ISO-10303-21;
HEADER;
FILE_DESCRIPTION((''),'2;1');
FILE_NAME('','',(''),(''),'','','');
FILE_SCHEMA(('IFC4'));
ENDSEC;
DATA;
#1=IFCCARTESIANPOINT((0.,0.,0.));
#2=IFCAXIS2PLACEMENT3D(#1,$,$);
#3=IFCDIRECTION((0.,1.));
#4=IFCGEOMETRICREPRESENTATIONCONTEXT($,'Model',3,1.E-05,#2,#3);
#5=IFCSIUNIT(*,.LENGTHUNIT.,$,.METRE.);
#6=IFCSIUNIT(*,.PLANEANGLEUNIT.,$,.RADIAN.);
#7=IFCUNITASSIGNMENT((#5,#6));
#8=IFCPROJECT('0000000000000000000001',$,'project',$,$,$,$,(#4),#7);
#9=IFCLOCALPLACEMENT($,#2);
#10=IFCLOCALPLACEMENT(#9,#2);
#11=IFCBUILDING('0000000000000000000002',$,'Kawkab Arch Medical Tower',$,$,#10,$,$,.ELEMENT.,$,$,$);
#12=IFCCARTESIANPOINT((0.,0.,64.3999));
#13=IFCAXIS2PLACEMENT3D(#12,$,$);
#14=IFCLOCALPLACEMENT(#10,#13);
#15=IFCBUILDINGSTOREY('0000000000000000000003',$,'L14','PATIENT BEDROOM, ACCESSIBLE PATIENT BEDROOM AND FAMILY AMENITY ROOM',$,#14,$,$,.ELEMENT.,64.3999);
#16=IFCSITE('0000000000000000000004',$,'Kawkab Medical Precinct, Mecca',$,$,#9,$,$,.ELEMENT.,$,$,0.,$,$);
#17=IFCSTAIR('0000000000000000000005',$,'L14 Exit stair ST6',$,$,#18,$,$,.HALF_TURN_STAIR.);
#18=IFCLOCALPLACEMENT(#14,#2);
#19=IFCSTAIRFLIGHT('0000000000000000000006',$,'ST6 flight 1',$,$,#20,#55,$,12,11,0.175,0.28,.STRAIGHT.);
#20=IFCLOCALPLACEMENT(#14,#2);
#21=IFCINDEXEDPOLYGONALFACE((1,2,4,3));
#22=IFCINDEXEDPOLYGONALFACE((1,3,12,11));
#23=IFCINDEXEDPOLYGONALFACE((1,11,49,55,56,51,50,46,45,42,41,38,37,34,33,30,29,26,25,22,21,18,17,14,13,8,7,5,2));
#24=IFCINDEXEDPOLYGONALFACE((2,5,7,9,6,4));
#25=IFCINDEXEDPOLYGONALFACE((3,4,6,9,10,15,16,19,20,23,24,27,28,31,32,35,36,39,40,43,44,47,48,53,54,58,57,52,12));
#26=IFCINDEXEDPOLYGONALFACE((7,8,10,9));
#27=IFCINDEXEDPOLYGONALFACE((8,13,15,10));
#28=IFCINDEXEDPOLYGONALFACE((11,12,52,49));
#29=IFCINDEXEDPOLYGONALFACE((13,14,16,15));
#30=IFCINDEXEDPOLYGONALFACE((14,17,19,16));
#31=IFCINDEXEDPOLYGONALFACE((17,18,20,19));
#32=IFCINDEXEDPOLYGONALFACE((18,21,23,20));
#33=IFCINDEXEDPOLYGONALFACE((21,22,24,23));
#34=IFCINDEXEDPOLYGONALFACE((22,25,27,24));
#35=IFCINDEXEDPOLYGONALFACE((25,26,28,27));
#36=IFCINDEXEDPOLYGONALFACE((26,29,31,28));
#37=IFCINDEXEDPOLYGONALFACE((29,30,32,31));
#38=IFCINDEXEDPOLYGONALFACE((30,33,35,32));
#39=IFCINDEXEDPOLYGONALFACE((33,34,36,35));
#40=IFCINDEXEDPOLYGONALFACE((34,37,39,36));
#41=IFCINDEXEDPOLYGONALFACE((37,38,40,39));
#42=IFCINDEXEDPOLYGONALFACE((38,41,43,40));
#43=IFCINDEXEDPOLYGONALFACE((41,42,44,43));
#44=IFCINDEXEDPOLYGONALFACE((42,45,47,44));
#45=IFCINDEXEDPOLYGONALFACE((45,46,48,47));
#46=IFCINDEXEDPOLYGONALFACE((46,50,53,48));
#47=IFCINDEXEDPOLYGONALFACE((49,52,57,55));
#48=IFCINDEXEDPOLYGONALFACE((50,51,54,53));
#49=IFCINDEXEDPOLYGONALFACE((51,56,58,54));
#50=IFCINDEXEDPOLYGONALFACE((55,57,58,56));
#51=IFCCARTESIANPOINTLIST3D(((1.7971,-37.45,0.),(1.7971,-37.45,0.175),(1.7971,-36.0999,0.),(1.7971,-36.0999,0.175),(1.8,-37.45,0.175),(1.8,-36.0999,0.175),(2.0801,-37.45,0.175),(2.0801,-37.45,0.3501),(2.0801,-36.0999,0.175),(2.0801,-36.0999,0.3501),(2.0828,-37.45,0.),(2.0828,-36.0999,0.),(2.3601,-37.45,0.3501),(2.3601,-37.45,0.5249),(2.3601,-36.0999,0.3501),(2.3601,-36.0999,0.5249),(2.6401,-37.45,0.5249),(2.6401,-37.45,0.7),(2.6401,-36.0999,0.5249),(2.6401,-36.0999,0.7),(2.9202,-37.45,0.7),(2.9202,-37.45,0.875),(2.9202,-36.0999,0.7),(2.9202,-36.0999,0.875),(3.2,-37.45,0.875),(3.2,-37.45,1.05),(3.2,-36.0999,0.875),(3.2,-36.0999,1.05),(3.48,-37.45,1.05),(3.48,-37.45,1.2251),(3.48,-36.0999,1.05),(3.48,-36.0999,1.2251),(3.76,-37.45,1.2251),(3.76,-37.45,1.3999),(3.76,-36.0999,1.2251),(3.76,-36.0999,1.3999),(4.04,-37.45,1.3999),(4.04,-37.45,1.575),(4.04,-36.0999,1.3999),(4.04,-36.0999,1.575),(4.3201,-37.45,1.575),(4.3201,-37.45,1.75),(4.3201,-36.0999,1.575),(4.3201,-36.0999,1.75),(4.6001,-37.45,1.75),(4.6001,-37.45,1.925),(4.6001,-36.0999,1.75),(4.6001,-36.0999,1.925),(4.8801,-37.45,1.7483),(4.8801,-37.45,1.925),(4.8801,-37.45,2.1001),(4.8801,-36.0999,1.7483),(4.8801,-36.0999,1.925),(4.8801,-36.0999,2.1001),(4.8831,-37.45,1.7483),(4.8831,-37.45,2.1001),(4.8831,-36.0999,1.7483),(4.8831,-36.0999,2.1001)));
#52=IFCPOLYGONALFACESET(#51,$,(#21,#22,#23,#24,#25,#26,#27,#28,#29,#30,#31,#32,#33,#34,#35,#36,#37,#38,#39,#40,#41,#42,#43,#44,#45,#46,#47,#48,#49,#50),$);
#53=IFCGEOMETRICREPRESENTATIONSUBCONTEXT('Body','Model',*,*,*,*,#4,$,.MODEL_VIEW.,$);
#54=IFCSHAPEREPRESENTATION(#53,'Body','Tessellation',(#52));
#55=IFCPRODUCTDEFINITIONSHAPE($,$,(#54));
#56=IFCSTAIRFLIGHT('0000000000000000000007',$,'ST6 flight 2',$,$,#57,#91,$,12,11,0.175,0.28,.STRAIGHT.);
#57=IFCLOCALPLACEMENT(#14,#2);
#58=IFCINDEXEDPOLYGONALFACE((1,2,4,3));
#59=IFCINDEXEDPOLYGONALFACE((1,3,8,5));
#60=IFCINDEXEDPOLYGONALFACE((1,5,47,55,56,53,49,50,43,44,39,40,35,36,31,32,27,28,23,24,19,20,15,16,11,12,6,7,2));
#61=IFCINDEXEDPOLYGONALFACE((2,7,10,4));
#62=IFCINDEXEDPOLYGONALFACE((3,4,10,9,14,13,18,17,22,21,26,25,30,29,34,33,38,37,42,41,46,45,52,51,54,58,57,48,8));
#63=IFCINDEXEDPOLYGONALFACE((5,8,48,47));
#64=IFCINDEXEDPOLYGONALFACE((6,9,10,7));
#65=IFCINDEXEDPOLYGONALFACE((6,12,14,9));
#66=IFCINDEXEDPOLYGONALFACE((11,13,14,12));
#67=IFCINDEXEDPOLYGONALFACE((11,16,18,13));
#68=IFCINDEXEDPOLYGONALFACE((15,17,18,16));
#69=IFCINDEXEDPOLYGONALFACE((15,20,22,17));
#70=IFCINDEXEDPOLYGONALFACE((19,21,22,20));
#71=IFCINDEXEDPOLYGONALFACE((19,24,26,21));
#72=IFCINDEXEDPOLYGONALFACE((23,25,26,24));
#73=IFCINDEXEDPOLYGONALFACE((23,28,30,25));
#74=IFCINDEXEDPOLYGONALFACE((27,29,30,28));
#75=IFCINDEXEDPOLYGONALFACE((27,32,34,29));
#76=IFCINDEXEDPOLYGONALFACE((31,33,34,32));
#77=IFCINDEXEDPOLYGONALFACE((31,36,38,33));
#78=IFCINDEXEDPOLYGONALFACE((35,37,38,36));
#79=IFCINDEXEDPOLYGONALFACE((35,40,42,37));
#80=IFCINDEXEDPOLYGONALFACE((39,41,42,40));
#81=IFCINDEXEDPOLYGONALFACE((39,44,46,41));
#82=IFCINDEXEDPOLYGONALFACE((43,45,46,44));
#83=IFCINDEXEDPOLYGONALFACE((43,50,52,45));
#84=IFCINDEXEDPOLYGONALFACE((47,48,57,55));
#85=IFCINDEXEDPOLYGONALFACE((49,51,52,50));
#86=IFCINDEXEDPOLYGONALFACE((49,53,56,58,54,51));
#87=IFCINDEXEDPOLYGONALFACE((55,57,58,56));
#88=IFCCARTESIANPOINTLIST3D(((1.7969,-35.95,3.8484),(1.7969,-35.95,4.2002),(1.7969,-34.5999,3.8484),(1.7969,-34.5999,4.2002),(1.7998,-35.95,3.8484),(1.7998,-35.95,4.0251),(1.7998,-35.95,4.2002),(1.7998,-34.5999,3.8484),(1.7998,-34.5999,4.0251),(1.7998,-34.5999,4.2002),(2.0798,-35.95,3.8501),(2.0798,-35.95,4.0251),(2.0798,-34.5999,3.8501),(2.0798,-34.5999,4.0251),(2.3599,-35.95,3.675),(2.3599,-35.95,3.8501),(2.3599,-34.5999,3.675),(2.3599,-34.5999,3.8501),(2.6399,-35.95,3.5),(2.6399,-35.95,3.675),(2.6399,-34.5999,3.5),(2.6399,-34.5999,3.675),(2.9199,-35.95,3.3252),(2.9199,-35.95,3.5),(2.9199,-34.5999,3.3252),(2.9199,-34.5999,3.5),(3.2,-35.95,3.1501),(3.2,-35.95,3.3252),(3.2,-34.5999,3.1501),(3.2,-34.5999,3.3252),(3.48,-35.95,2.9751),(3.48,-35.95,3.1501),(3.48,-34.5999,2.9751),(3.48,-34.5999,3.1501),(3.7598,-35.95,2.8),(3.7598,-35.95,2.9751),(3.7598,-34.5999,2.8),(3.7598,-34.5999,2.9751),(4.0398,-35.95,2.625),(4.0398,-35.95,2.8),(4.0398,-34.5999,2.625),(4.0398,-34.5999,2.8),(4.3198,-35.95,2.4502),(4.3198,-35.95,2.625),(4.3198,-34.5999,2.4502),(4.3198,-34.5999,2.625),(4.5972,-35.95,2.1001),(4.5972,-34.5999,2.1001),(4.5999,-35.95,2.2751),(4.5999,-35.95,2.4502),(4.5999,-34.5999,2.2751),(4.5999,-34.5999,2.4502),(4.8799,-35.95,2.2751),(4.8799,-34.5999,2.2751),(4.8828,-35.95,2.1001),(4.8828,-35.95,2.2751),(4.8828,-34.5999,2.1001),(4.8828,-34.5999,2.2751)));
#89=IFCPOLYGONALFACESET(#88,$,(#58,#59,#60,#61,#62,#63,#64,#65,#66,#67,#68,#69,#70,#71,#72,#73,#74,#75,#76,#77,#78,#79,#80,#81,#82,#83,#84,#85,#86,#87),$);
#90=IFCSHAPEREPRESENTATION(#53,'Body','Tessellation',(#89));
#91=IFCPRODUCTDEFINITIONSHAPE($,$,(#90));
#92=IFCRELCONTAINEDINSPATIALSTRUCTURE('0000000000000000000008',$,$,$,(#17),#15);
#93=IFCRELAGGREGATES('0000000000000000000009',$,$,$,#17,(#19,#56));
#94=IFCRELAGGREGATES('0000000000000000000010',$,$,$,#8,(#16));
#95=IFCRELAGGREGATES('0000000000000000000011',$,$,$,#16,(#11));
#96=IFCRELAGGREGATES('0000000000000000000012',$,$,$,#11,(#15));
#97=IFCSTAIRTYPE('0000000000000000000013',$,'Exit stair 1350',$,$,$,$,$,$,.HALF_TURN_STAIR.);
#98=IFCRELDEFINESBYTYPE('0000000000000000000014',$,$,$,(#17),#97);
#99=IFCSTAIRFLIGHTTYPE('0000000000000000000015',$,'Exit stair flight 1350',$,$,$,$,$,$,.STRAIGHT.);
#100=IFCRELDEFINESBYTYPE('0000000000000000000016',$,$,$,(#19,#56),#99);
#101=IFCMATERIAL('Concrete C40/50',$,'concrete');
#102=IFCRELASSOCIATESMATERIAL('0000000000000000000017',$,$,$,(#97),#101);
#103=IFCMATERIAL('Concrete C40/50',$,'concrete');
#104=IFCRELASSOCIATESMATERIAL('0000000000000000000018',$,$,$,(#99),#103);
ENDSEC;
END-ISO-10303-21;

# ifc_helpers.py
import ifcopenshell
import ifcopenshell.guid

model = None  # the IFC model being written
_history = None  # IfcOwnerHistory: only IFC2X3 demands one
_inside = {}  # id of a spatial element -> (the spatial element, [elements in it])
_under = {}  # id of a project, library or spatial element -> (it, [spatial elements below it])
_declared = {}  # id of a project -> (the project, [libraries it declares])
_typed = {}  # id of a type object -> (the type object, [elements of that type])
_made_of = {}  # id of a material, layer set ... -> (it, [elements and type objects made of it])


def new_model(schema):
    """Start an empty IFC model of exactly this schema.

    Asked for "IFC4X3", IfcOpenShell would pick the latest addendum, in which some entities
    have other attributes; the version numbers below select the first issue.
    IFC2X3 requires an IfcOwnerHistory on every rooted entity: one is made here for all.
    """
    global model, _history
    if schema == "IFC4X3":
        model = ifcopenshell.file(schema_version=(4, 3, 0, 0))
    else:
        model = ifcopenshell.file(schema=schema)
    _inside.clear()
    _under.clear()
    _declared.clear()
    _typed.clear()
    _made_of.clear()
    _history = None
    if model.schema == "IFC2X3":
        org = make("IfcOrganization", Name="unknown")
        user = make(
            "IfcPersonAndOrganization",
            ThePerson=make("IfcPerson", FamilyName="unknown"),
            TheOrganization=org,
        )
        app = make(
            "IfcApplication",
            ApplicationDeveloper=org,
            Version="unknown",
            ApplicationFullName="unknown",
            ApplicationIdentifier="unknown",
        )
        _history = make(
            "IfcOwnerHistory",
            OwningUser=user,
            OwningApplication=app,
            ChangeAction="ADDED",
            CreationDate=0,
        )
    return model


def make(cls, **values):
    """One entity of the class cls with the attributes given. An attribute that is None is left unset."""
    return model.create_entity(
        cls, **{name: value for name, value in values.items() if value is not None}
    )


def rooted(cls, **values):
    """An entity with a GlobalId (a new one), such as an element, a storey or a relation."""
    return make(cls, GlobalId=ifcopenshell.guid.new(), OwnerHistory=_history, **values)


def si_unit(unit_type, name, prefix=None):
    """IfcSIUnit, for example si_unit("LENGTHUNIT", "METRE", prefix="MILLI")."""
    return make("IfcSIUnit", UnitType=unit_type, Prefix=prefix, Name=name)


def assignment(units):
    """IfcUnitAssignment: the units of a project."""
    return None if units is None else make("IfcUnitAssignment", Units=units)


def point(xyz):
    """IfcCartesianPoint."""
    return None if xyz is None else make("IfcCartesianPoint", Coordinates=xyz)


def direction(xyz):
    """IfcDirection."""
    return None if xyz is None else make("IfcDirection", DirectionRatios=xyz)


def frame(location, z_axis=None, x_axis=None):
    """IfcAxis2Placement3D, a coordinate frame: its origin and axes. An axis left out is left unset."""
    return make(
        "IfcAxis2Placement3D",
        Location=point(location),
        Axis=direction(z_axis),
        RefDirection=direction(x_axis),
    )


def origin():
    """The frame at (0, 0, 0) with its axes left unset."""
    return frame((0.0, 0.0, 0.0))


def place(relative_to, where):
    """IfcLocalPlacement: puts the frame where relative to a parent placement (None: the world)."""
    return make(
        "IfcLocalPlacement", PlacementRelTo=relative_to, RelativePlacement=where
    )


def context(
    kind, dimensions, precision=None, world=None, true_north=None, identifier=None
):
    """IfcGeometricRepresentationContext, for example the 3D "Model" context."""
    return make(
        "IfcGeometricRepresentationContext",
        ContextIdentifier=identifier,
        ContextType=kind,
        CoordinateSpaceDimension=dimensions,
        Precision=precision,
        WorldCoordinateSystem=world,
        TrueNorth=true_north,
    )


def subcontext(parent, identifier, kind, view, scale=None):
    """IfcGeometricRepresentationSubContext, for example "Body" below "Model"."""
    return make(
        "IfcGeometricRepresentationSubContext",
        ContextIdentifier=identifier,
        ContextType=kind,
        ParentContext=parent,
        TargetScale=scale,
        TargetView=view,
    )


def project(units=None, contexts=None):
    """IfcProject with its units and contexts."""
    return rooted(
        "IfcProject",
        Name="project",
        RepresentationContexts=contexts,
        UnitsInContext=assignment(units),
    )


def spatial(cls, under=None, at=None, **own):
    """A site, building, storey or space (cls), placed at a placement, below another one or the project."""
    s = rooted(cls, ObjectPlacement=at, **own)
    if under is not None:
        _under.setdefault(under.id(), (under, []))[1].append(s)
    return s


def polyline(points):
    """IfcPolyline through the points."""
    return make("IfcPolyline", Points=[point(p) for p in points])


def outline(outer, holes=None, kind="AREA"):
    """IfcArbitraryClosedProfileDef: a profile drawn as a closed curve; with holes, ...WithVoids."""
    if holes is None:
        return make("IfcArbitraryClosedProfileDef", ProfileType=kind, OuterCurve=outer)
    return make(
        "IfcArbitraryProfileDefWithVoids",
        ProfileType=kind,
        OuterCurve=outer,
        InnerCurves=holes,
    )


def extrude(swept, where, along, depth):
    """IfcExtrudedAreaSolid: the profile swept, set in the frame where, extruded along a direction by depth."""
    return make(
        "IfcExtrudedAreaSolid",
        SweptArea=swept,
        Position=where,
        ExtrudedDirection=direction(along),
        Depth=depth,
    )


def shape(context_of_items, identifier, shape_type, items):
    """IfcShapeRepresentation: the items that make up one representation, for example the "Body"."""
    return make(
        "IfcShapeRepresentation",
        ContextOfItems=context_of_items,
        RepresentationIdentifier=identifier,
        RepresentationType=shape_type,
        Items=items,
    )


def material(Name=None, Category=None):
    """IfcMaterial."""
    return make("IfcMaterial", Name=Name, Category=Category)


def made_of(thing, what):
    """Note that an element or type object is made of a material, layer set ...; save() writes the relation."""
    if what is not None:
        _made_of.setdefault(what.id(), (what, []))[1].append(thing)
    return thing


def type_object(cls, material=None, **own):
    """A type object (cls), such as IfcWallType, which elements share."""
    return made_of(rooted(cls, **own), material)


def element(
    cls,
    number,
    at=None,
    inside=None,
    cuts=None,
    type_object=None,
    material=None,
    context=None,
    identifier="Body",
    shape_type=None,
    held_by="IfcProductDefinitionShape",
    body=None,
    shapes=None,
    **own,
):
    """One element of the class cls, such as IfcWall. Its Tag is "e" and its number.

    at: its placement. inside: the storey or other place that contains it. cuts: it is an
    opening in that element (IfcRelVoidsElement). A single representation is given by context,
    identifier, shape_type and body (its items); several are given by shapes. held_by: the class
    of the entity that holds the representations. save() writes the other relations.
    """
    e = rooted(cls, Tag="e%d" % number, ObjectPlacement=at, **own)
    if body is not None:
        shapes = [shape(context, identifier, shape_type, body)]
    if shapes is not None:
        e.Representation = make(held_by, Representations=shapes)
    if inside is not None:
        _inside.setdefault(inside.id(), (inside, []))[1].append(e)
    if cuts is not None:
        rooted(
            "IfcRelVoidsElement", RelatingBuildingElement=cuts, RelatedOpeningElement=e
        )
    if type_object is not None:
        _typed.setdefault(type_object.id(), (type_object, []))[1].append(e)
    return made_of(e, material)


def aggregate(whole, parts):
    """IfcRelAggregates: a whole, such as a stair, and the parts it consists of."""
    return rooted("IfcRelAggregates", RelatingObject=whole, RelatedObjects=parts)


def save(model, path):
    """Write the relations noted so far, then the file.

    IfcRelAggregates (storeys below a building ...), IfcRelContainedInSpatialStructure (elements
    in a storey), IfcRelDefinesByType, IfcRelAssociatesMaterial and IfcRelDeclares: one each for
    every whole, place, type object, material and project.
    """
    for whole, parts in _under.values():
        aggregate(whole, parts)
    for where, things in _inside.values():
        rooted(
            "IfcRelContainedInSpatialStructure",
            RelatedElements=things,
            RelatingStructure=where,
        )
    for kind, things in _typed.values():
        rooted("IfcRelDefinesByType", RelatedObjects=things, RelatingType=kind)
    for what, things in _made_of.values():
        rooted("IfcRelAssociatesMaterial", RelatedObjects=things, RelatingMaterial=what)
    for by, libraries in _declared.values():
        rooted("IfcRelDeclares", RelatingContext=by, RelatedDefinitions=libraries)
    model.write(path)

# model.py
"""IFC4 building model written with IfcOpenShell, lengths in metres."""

from ifc_helpers import new_model, si_unit, direction, frame, origin, place, context, subcontext, project, spatial, polyline, outline, extrude, material, type_object, element, aggregate, save


model = new_model("IFC4")

# Units and contexts
model_context = context("Model", 3, precision=1e-05, world=origin(), true_north=direction((0.0, 1.0)))
body_context = subcontext(model_context, "Body", "Model", "MODEL_VIEW")
ifc_project = project(units=[si_unit("LENGTHUNIT", "METRE"), si_unit("PLANEANGLEUNIT", "RADIAN")], contexts=[model_context])

# Site, building, storey
site_placement = place(None, origin())
site = spatial("IfcSite", under=ifc_project, at=site_placement, Name="Kawkab Medical Precinct, Mecca", CompositionType="ELEMENT", RefElevation=0.0)
building_placement = place(site_placement, origin())
building = spatial("IfcBuilding", under=site, at=building_placement, Name="Kawkab Arch Medical Tower", CompositionType="ELEMENT")
storey_placement = place(building_placement, frame((0.0, 0.0, 64.3999)))
storey = spatial("IfcBuildingStorey", under=building, at=storey_placement, Name="L14", Description="PATIENT BEDROOM, ACCESSIBLE PATIENT BEDROOM AND FAMILY AMENITY ROOM", CompositionType="ELEMENT", Elevation=64.3999)

# Stair, stair flights
ifc_material_1 = material(Name="Concrete C40/50", Category="concrete")
stair_type = type_object("IfcStairType", Name="Exit stair 1350", PredefinedType="HALF_TURN_STAIR", material=ifc_material_1)
stair_placement = place(storey_placement, origin())
stair = element("IfcStair", 1, at=stair_placement, inside=storey, type_object=stair_type, Name="L14 Exit stair ST6", PredefinedType="HALF_TURN_STAIR")
ifc_material_2 = material(Name="Concrete C40/50", Category="concrete")
stair_flight_type = type_object("IfcStairFlightType", Name="Exit stair flight 1350", PredefinedType="STRAIGHT", material=ifc_material_2)
stair_flight_1_placement = place(storey_placement, frame((1.8, -36.7749, 0.0), z_axis=(0.0, 0.0, 1.0), x_axis=(1.0, 0.0, 0.0)))
stair_flight_1 = element("IfcStairFlight", 2, at=stair_flight_1_placement, type_object=stair_flight_type, Name="ST6 flight 1", NumberOfRisers=12, NumberOfTreads=11, PredefinedType="STRAIGHT", RiserHeight=0.175, TreadLength=0.28, context=body_context, shape_type="SweptSolid", body=[
    extrude(outline(polyline([(-0.0029, 0.0), (-0.0029, 0.175), (0.0, 0.175), (0.28, 0.175), (0.28, 0.3501), (0.5601, 0.3501), (0.5601, 0.5249), (0.8401, 0.5249), (0.8401, 0.7), (1.1201, 0.7), (1.1201, 0.875), (1.3999, 0.875), (1.3999, 1.05), (1.6799, 1.05), (1.6799, 1.2251), (1.96, 1.2251), (1.96, 1.3999), (2.24, 1.3999), (2.24, 1.575), (2.52, 1.575), (2.52, 1.75), (2.8, 1.75), (2.8, 1.925), (3.0801, 1.925), (3.0801, 2.1001), (3.083, 2.1001), (3.083, 1.7483), (3.0801, 1.7483), (0.2827, 0.0), (-0.0029, 0.0)])), frame((0.0, 0.675, 0.0), z_axis=(0.0, -1.0, 0.0), x_axis=(1.0, 0.0, 0.0)), (0.0, 0.0, 1.0), 1.3501),
])
stair_flight_2_placement = place(storey_placement, frame((4.8799, -35.2749, 2.1001), z_axis=(0.0, 0.0, 1.0), x_axis=(-1.0, 0.0, 0.0)))
stair_flight_2 = element("IfcStairFlight", 3, at=stair_flight_2_placement, type_object=stair_flight_type, Name="ST6 flight 2", NumberOfRisers=12, NumberOfTreads=11, PredefinedType="STRAIGHT", RiserHeight=0.175, TreadLength=0.28, context=body_context, shape_type="SweptSolid", body=[
    extrude(outline(polyline([(-0.0029, 0.0), (-0.0029, 0.175), (0.0, 0.175), (0.28, 0.175), (0.28, 0.3501), (0.5601, 0.3501), (0.5601, 0.5249), (0.8401, 0.5249), (0.8401, 0.7), (1.1201, 0.7), (1.1201, 0.875), (1.3999, 0.875), (1.3999, 1.05), (1.6799, 1.05), (1.6799, 1.2251), (1.96, 1.2251), (1.96, 1.3999), (2.24, 1.3999), (2.24, 1.575), (2.52, 1.575), (2.52, 1.75), (2.8, 1.75), (2.8, 1.925), (3.0801, 1.925), (3.0801, 2.1001), (3.083, 2.1001), (3.083, 1.7483), (3.0801, 1.7483), (0.2827, 0.0), (-0.0029, 0.0)])), frame((0.0, 0.675, 0.0), z_axis=(0.0, -1.0, 0.0), x_axis=(1.0, 0.0, 0.0)), (0.0, 0.0, 1.0), 1.3501),
])
aggregate(stair, [stair_flight_1, stair_flight_2])

save(model, "model.ifc")
